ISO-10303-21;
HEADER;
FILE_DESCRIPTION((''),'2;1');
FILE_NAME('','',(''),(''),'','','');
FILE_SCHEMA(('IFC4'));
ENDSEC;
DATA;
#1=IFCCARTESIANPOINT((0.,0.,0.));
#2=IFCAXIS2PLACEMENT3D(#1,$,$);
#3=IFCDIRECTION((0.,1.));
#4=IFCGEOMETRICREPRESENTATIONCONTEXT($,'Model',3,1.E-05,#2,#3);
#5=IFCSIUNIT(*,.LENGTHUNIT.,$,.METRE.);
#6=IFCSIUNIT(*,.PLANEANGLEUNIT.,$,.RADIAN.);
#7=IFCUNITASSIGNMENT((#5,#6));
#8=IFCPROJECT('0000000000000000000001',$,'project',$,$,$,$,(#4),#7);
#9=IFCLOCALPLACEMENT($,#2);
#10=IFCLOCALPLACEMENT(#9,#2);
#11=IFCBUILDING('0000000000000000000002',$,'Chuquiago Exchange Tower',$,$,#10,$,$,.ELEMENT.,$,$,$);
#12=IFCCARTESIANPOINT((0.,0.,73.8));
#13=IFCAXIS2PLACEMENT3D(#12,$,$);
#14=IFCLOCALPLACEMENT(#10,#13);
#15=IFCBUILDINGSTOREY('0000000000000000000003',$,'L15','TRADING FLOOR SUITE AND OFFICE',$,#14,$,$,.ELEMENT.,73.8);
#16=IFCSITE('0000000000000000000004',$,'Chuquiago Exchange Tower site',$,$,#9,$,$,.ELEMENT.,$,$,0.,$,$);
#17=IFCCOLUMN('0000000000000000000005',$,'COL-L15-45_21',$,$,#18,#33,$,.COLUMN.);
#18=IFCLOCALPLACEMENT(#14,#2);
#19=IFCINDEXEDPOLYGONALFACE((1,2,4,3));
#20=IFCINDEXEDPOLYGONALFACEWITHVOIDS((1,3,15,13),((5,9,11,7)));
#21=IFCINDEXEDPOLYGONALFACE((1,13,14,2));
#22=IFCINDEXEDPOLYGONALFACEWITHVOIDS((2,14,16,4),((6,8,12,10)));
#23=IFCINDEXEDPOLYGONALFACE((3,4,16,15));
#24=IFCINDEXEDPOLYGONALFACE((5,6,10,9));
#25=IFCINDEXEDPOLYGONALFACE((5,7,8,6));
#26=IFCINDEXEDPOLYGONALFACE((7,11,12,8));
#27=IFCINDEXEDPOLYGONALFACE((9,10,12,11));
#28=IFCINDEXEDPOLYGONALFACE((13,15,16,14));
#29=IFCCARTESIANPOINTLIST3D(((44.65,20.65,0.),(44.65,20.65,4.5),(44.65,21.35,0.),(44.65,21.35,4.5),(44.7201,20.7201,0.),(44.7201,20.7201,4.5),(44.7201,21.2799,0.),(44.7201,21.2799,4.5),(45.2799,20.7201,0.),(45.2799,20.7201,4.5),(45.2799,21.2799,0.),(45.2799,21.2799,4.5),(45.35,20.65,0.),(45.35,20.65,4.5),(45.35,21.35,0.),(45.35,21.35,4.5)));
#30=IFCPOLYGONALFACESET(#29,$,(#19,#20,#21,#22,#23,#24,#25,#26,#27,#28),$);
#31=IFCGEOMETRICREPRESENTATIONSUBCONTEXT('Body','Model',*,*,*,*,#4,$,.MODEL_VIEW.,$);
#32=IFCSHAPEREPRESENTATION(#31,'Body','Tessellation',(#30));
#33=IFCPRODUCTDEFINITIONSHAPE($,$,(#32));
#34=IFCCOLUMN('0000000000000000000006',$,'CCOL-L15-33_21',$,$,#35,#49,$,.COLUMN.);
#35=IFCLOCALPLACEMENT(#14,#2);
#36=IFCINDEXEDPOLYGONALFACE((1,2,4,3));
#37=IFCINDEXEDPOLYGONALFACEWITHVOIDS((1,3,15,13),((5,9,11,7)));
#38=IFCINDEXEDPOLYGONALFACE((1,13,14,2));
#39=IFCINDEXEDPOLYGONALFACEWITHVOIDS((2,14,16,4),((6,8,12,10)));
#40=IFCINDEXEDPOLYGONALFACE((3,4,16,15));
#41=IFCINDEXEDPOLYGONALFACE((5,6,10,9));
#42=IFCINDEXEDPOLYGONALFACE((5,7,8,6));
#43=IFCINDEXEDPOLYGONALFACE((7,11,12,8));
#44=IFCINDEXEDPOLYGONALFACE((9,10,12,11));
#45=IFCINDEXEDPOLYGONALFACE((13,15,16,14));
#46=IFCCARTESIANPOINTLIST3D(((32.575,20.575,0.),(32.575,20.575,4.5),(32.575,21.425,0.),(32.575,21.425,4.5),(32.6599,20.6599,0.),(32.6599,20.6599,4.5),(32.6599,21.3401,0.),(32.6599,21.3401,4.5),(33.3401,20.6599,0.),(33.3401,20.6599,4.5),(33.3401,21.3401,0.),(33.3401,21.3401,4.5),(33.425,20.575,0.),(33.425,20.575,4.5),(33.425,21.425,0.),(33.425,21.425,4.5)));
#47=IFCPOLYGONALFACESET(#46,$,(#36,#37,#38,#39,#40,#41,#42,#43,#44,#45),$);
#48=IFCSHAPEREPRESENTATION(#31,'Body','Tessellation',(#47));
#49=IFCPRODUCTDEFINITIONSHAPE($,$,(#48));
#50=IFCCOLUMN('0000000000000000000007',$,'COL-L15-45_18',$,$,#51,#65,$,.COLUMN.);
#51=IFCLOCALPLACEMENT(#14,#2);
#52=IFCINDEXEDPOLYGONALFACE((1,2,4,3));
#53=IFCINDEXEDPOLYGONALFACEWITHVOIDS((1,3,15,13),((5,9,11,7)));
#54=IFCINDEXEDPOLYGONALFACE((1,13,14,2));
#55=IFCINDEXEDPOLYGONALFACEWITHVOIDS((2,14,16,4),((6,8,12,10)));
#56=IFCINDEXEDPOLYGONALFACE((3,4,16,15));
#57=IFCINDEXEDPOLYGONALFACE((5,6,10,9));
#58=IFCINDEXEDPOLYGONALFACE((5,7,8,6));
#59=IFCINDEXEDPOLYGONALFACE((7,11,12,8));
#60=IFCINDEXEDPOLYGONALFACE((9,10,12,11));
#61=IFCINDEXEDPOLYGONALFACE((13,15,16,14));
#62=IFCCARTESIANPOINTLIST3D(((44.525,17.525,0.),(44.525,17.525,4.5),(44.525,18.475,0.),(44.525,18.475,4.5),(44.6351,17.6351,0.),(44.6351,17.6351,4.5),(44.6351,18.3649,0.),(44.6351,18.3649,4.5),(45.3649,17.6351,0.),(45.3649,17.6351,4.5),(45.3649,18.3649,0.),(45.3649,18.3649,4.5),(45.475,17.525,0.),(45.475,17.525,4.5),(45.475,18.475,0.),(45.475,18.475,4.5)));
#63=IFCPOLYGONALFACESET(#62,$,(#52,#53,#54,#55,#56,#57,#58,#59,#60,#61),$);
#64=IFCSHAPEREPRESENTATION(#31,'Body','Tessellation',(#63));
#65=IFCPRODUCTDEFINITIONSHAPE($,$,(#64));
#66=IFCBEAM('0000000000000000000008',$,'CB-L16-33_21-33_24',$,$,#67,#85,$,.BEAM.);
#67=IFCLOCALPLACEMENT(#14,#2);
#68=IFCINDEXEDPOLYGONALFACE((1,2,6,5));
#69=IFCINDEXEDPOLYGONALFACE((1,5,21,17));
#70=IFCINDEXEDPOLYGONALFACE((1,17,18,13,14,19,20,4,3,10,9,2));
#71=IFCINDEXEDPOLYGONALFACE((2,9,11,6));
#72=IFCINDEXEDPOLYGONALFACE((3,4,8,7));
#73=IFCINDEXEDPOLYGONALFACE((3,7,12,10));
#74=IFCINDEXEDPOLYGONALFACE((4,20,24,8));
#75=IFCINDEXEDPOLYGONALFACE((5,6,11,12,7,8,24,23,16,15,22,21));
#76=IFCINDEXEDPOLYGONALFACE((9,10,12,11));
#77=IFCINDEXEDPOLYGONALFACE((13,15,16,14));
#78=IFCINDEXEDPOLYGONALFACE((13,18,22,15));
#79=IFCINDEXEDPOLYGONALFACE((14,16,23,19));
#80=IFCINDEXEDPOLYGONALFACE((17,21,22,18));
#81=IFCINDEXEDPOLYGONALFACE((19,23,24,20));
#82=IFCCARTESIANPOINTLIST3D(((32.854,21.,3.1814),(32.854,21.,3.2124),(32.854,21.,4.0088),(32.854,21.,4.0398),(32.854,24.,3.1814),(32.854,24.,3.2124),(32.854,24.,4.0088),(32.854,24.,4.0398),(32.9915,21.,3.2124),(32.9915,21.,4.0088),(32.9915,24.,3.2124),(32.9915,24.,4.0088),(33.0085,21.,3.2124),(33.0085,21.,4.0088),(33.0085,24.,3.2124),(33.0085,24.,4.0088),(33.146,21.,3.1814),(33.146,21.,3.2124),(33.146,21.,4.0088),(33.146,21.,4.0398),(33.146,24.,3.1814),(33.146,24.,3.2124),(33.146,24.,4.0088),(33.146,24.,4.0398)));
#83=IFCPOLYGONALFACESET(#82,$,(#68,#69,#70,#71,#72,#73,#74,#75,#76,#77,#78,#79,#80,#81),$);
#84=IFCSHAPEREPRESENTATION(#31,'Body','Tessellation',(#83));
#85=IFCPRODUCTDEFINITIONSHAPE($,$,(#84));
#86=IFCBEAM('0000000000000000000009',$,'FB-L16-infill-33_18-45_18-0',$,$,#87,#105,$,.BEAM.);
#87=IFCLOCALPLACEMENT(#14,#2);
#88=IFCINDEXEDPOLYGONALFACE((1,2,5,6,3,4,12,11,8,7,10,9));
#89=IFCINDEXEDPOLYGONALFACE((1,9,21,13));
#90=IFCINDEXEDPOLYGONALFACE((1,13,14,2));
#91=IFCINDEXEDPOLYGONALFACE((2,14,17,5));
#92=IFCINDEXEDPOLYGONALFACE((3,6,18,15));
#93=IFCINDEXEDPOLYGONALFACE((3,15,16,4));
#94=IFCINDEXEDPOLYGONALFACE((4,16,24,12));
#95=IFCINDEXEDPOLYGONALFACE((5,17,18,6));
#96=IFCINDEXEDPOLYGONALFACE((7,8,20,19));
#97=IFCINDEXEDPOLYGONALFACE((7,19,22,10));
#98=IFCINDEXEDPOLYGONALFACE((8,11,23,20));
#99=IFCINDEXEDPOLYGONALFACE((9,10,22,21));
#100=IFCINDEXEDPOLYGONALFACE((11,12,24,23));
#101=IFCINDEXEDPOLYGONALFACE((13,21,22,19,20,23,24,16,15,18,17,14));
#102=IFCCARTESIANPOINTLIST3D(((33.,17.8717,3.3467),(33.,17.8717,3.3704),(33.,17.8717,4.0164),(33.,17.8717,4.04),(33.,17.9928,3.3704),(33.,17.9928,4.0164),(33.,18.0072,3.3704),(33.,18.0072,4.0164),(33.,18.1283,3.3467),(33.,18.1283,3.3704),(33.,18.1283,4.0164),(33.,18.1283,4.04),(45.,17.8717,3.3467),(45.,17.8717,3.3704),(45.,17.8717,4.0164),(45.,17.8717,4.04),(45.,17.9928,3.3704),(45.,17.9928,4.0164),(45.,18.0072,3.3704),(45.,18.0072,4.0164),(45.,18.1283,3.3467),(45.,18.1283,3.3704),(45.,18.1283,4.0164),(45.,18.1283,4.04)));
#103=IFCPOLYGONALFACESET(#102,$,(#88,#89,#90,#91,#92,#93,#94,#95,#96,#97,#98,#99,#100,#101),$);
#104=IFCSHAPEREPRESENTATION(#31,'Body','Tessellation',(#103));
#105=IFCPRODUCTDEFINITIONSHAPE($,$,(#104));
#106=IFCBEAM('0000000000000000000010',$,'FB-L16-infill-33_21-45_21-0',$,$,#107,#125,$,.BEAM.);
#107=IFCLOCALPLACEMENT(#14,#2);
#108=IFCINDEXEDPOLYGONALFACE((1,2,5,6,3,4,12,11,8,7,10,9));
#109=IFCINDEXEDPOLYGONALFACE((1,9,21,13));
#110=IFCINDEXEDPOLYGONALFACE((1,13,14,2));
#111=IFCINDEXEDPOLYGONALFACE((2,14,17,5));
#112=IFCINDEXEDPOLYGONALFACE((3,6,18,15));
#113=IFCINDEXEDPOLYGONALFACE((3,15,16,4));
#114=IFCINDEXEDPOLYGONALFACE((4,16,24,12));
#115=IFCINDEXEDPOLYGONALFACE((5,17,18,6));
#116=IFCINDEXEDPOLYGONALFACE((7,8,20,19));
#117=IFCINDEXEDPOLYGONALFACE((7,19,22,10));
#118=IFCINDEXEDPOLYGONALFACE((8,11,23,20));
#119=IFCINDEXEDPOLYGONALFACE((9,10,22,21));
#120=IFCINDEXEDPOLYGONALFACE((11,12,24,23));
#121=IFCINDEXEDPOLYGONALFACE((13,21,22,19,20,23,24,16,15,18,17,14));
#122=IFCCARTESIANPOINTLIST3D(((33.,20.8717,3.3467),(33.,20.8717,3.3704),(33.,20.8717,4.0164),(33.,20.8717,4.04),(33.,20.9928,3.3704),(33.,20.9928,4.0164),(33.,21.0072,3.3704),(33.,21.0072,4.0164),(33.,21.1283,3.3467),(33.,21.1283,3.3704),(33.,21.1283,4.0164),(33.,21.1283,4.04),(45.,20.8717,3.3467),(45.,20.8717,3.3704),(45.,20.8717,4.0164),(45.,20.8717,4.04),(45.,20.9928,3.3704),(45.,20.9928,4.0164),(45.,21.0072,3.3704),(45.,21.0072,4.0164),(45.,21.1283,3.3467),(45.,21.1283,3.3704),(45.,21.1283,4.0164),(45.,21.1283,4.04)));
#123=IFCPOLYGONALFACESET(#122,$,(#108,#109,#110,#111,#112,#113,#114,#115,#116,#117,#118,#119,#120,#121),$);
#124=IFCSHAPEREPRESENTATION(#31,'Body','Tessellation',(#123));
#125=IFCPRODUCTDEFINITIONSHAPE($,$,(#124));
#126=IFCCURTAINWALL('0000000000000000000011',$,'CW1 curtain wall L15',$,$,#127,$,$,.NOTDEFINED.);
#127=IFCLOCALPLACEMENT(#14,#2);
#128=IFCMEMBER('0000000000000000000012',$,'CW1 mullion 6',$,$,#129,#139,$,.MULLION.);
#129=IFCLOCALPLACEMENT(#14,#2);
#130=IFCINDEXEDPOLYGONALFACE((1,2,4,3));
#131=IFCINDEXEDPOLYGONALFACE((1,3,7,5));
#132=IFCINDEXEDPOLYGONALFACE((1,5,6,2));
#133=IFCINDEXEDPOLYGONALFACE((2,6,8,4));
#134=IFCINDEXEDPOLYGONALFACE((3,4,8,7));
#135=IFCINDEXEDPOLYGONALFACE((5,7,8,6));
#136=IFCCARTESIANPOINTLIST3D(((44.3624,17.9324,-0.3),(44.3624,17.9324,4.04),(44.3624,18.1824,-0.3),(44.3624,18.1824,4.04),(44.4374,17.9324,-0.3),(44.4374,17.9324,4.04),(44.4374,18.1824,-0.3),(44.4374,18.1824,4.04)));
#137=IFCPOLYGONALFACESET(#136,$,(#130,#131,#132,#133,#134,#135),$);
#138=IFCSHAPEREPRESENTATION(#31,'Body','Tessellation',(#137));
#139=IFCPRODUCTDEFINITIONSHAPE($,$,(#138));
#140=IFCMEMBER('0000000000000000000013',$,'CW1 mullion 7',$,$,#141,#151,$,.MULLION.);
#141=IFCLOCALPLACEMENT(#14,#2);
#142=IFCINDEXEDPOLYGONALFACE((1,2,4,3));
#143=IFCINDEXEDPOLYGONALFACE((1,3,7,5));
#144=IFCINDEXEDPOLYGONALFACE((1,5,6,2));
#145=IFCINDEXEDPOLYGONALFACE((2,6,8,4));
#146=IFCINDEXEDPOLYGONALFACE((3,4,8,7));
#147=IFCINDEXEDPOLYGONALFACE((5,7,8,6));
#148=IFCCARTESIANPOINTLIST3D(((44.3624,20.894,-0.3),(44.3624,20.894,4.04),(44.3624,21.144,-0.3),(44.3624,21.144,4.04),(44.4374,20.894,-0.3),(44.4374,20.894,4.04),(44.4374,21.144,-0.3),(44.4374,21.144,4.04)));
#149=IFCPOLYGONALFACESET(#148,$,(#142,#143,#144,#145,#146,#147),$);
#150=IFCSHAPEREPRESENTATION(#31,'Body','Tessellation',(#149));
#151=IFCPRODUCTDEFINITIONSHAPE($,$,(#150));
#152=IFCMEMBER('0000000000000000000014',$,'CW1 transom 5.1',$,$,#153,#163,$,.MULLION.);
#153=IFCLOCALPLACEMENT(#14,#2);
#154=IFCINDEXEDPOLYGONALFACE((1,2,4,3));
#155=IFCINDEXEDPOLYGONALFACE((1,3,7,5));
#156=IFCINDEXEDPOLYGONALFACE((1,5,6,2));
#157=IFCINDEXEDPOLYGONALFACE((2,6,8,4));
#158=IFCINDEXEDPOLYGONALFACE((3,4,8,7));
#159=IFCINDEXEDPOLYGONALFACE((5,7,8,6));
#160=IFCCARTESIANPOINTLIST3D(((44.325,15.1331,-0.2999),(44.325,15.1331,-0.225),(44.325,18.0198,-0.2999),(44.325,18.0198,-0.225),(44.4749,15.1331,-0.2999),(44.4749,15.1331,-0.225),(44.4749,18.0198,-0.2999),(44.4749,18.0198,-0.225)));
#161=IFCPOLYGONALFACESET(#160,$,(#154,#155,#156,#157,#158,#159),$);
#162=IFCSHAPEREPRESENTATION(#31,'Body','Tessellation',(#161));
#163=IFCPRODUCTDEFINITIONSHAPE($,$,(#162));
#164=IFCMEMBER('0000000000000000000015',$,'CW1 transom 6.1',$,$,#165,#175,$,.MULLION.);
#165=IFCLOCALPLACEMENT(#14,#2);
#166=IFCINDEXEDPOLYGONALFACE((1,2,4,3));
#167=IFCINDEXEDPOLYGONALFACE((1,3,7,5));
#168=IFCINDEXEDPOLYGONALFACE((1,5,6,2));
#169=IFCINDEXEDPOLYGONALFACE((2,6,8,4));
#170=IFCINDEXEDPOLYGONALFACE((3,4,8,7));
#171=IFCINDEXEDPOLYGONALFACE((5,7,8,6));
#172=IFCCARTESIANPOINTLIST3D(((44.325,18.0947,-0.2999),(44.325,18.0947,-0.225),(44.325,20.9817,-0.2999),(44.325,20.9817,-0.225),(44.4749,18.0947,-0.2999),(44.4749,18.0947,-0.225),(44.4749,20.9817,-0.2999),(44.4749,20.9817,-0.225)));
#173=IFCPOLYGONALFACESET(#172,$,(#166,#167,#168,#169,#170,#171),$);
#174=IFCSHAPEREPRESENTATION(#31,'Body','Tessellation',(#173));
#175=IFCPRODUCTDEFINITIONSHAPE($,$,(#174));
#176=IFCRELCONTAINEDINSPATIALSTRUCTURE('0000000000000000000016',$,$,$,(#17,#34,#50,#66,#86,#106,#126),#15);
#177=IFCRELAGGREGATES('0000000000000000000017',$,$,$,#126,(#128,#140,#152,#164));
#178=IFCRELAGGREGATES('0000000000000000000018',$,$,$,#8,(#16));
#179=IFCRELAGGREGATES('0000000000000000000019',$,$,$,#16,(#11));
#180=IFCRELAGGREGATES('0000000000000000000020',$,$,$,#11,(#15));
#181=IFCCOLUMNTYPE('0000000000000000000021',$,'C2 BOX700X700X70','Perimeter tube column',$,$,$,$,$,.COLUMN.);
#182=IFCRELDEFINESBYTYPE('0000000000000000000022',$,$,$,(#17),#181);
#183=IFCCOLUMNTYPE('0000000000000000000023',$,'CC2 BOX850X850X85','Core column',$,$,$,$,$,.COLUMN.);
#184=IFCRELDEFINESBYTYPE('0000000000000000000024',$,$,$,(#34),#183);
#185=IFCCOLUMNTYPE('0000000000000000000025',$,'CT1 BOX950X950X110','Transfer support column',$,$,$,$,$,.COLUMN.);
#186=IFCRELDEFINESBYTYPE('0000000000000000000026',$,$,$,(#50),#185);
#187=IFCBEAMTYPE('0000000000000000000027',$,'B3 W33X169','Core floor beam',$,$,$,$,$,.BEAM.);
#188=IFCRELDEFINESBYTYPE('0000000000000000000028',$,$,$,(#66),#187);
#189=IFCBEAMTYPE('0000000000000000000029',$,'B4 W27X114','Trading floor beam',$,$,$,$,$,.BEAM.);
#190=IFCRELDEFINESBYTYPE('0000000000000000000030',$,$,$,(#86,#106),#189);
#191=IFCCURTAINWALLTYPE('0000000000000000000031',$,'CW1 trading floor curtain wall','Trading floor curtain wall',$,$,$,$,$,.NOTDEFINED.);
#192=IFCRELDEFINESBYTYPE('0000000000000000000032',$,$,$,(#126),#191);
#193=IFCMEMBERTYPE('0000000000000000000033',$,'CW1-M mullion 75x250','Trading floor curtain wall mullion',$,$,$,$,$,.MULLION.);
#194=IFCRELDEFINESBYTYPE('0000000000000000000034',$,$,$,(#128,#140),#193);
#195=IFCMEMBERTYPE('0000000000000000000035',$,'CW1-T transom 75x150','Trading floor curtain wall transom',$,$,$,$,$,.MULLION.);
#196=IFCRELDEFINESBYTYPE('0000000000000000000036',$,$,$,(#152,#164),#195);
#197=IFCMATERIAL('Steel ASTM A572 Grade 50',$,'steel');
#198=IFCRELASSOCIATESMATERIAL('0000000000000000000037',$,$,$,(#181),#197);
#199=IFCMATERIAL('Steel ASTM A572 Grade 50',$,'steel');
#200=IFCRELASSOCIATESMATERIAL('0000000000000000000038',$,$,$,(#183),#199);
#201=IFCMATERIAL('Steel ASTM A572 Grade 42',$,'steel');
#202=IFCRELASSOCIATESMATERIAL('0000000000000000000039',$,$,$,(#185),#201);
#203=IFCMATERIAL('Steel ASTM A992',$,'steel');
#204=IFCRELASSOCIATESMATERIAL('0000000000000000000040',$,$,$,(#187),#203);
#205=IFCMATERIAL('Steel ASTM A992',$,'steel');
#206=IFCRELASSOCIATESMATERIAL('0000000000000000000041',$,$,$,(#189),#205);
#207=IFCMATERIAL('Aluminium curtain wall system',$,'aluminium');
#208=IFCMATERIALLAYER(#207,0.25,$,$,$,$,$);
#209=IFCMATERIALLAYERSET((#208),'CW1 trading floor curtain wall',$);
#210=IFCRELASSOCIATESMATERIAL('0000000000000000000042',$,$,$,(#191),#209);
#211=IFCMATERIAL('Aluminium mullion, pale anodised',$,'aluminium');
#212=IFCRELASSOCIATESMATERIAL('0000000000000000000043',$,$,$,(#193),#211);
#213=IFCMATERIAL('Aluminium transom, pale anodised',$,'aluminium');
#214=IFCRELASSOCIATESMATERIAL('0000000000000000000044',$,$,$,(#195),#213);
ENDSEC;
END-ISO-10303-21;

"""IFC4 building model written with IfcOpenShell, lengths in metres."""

from ifc_helpers import new_model, si_unit, direction, frame, origin, origin_2d, place, context, subcontext, project, spatial, rectangle, hollow_rectangle, i_section, extrude, material, layer, layer_set, material_profile, profile_set, type_object, element, aggregate, save


model = new_model("IFC4")

# Units and contexts
model_context = context("Model", 3, precision=1e-05, world=origin(), true_north=direction((0.0, 1.0)))
body_context = subcontext(model_context, "Body", "Model", "MODEL_VIEW")
ifc_project = project(units=[si_unit("LENGTHUNIT", "METRE"), si_unit("PLANEANGLEUNIT", "RADIAN")], contexts=[model_context])

# Site, building, storey
site_placement = place(None, origin())
site = spatial("IfcSite", under=ifc_project, at=site_placement, Name="Chuquiago Exchange Tower site", CompositionType="ELEMENT", RefElevation=0.0)
building_placement = place(site_placement, origin())
building = spatial("IfcBuilding", under=site, at=building_placement, Name="Chuquiago Exchange Tower", CompositionType="ELEMENT")
storey_placement = place(building_placement, frame((0.0, 0.0, 73.8)))
storey = spatial("IfcBuildingStorey", under=building, at=storey_placement, Name="L15", Description="TRADING FLOOR SUITE AND OFFICE", CompositionType="ELEMENT", Elevation=73.8)

# Columns
ifc_material_1 = material(Name="Steel ASTM A572 Grade 50", Category="steel")
ifc_material_profile_1 = material_profile(ifc_material_1, hollow_rectangle(XDim=0.7, YDim=0.7, WallThickness=0.0701, at=origin_2d()), Name="BOX700X700X70")
ifc_profile_set_1 = profile_set([ifc_material_profile_1], Name="Steel ASTM A572 Grade 50")
column_type_1 = type_object("IfcColumnType", Name="C2 BOX700X700X70", Description="Perimeter tube column", PredefinedType="COLUMN", material=ifc_profile_set_1)
column_1_placement = place(storey_placement, frame((45.0, 21.0, 0.0), z_axis=(0.0, 0.0, 1.0), x_axis=(1.0, 0.0, 0.0)))
element("IfcColumn", 1, at=column_1_placement, inside=storey, type_object=column_type_1, Name="COL-L15-45_21", PredefinedType="COLUMN", context=body_context, shape_type="SweptSolid", body=[
    extrude(hollow_rectangle(XDim=0.7, YDim=0.7, WallThickness=0.0701, at=origin_2d()), origin(), (0.0, 0.0, 1.0), 4.5),
])
ifc_material_2 = material(Name="Steel ASTM A572 Grade 50", Category="steel")
ifc_material_profile_2 = material_profile(ifc_material_2, hollow_rectangle(XDim=0.8501, YDim=0.8501, WallThickness=0.085, at=origin_2d()), Name="BOX850X850X85")
ifc_profile_set_2 = profile_set([ifc_material_profile_2], Name="Steel ASTM A572 Grade 50")
column_type_2 = type_object("IfcColumnType", Name="CC2 BOX850X850X85", Description="Core column", PredefinedType="COLUMN", material=ifc_profile_set_2)
column_2_placement = place(storey_placement, frame((33.0, 21.0, 0.0), z_axis=(0.0, 0.0, 1.0), x_axis=(1.0, 0.0, 0.0)))
element("IfcColumn", 2, at=column_2_placement, inside=storey, type_object=column_type_2, Name="CCOL-L15-33_21", PredefinedType="COLUMN", context=body_context, shape_type="SweptSolid", body=[
    extrude(hollow_rectangle(XDim=0.8501, YDim=0.8501, WallThickness=0.085, at=origin_2d()), origin(), (0.0, 0.0, 1.0), 4.5),
])
ifc_material_3 = material(Name="Steel ASTM A572 Grade 42", Category="steel")
ifc_material_profile_3 = material_profile(ifc_material_3, hollow_rectangle(XDim=0.95, YDim=0.95, WallThickness=0.1101, at=origin_2d()), Name="BOX950X950X110")
ifc_profile_set_3 = profile_set([ifc_material_profile_3], Name="Steel ASTM A572 Grade 42")
column_type_3 = type_object("IfcColumnType", Name="CT1 BOX950X950X110", Description="Transfer support column", PredefinedType="COLUMN", material=ifc_profile_set_3)
column_3_placement = place(storey_placement, frame((45.0, 18.0, 0.0), z_axis=(0.0, 0.0, 1.0), x_axis=(1.0, 0.0, 0.0)))
element("IfcColumn", 3, at=column_3_placement, inside=storey, type_object=column_type_3, Name="COL-L15-45_18", PredefinedType="COLUMN", context=body_context, shape_type="SweptSolid", body=[
    extrude(hollow_rectangle(XDim=0.95, YDim=0.95, WallThickness=0.1101, at=origin_2d()), origin(), (0.0, 0.0, 1.0), 4.5),
])

# Beams
ifc_material_4 = material(Name="Steel ASTM A992", Category="steel")
ifc_material_profile_4 = material_profile(ifc_material_4, i_section(OverallWidth=0.292, OverallDepth=0.8584, WebThickness=0.0171, FlangeThickness=0.031, at=origin_2d()), Name="W33X169")
ifc_profile_set_4 = profile_set([ifc_material_profile_4], Name="Steel ASTM A992")
beam_type_1 = type_object("IfcBeamType", Name="B3 W33X169", Description="Core floor beam", PredefinedType="BEAM", material=ifc_profile_set_4)
beam_placement = place(storey_placement, frame((33.0, 21.0, 3.6106), z_axis=(0.0, 1.0, 0.0), x_axis=(-1.0, 0.0, 0.0)))
element("IfcBeam", 4, at=beam_placement, inside=storey, type_object=beam_type_1, Name="CB-L16-33_21-33_24", PredefinedType="BEAM", context=body_context, shape_type="SweptSolid", body=[
    extrude(i_section(OverallWidth=0.292, OverallDepth=0.8584, WebThickness=0.0171, FlangeThickness=0.031, at=origin_2d()), origin(), (0.0, 0.0, 1.0), 3.0),
])
ifc_material_5 = material(Name="Steel ASTM A992", Category="steel")
ifc_material_profile_5 = material_profile(ifc_material_5, i_section(OverallWidth=0.2566, OverallDepth=0.6934, WebThickness=0.0144, FlangeThickness=0.0237, at=origin_2d()), Name="W27X114")
ifc_profile_set_5 = profile_set([ifc_material_profile_5], Name="Steel ASTM A992")
beam_type_2 = type_object("IfcBeamType", Name="B4 W27X114", Description="Trading floor beam", PredefinedType="BEAM", material=ifc_profile_set_5)
for number, where, z_axis, x_axis, name in (
    (5, (33.0, 18.0, 3.6934), (1.0, 0.0, 0.0), (0.0, 1.0, 0.0), "FB-L16-infill-33_18-45_18-0"),
    (6, (33.0, 21.0, 3.6934), (1.0, 0.0, 0.0), (0.0, 1.0, 0.0), "FB-L16-infill-33_21-45_21-0"),
):
    element("IfcBeam", number, at=place(storey_placement, frame(where, z_axis=z_axis, x_axis=x_axis)), inside=storey, type_object=beam_type_2, Name=name, PredefinedType="BEAM", context=body_context, shape_type="SweptSolid", body=[
        extrude(i_section(OverallWidth=0.2566, OverallDepth=0.6934, WebThickness=0.0144, FlangeThickness=0.0237, at=origin_2d()), origin(), (0.0, 0.0, 1.0), 12.0),
    ])

# Curtain wall, members
ifc_material_6 = material(Name="Aluminium curtain wall system", Category="aluminium")
ifc_layer_1 = layer(ifc_material_6, 0.25)
ifc_layer_set_1 = layer_set([ifc_layer_1], Name="CW1 trading floor curtain wall")
curtain_wall_type = type_object("IfcCurtainWallType", Name="CW1 trading floor curtain wall", Description="Trading floor curtain wall", PredefinedType="NOTDEFINED", material=ifc_layer_set_1)
curtain_wall_placement = place(storey_placement, origin())
curtain_wall = element("IfcCurtainWall", 7, at=curtain_wall_placement, inside=storey, type_object=curtain_wall_type, Name="CW1 curtain wall L15", PredefinedType="NOTDEFINED")
ifc_material_7 = material(Name="Aluminium mullion, pale anodised", Category="aluminium")
ifc_material_profile_6 = material_profile(ifc_material_7, rectangle(XDim=0.075, YDim=0.25, at=origin_2d()), Name="AL 75x250")
ifc_profile_set_6 = profile_set([ifc_material_profile_6], Name="Aluminium mullion, pale anodised")
member_type_1 = type_object("IfcMemberType", Name="CW1-M mullion 75x250", Description="Trading floor curtain wall mullion", PredefinedType="MULLION", material=ifc_profile_set_6)
member_1_placement = place(storey_placement, frame((44.3999, 18.0574, -0.3), z_axis=(0.0, 0.0, 1.0), x_axis=(-1.0, 0.0, 0.0)))
member_1 = element("IfcMember", 8, at=member_1_placement, type_object=member_type_1, Name="CW1 mullion 6", PredefinedType="MULLION", context=body_context, shape_type="SweptSolid", body=[
    extrude(rectangle(XDim=0.075, YDim=0.25, at=origin_2d()), origin(), (0.0, 0.0, 1.0), 4.3401),
])
member_2_placement = place(storey_placement, frame((44.3999, 21.019, -0.3), z_axis=(0.0, 0.0, 1.0), x_axis=(-1.0, 0.0, 0.0)))
member_2 = element("IfcMember", 9, at=member_2_placement, type_object=member_type_1, Name="CW1 mullion 7", PredefinedType="MULLION", context=body_context, shape_type="SweptSolid", body=[
    extrude(rectangle(XDim=0.075, YDim=0.25, at=origin_2d()), origin(), (0.0, 0.0, 1.0), 4.3401),
])
ifc_material_8 = material(Name="Aluminium transom, pale anodised", Category="aluminium")
ifc_material_profile_7 = material_profile(ifc_material_8, rectangle(XDim=0.1499, YDim=0.075, at=origin_2d()), Name="AL 150x75")
ifc_profile_set_7 = profile_set([ifc_material_profile_7], Name="Aluminium transom, pale anodised")
member_type_2 = type_object("IfcMemberType", Name="CW1-T transom 75x150", Description="Trading floor curtain wall transom", PredefinedType="MULLION", material=ifc_profile_set_7)
member_3_placement = place(storey_placement, frame((44.3999, 15.1331, -0.2625), z_axis=(0.0, 1.0, 0.0), x_axis=(-1.0, 0.0, 0.0)))
member_3 = element("IfcMember", 10, at=member_3_placement, type_object=member_type_2, Name="CW1 transom 5.1", PredefinedType="MULLION", context=body_context, shape_type="SweptSolid", body=[
    extrude(rectangle(XDim=0.1499, YDim=0.075, at=origin_2d()), origin(), (0.0, 0.0, 1.0), 2.8867),
])
member_4_placement = place(storey_placement, frame((44.3999, 18.0947, -0.2625), z_axis=(0.0, 1.0, 0.0), x_axis=(-1.0, 0.0, 0.0)))
member_4 = element("IfcMember", 11, at=member_4_placement, type_object=member_type_2, Name="CW1 transom 6.1", PredefinedType="MULLION", context=body_context, shape_type="SweptSolid", body=[
    extrude(rectangle(XDim=0.1499, YDim=0.075, at=origin_2d()), origin(), (0.0, 0.0, 1.0), 2.887),
])

aggregate(curtain_wall, [member_1, member_2, member_3, member_4])

save(model, "model.ifc")
